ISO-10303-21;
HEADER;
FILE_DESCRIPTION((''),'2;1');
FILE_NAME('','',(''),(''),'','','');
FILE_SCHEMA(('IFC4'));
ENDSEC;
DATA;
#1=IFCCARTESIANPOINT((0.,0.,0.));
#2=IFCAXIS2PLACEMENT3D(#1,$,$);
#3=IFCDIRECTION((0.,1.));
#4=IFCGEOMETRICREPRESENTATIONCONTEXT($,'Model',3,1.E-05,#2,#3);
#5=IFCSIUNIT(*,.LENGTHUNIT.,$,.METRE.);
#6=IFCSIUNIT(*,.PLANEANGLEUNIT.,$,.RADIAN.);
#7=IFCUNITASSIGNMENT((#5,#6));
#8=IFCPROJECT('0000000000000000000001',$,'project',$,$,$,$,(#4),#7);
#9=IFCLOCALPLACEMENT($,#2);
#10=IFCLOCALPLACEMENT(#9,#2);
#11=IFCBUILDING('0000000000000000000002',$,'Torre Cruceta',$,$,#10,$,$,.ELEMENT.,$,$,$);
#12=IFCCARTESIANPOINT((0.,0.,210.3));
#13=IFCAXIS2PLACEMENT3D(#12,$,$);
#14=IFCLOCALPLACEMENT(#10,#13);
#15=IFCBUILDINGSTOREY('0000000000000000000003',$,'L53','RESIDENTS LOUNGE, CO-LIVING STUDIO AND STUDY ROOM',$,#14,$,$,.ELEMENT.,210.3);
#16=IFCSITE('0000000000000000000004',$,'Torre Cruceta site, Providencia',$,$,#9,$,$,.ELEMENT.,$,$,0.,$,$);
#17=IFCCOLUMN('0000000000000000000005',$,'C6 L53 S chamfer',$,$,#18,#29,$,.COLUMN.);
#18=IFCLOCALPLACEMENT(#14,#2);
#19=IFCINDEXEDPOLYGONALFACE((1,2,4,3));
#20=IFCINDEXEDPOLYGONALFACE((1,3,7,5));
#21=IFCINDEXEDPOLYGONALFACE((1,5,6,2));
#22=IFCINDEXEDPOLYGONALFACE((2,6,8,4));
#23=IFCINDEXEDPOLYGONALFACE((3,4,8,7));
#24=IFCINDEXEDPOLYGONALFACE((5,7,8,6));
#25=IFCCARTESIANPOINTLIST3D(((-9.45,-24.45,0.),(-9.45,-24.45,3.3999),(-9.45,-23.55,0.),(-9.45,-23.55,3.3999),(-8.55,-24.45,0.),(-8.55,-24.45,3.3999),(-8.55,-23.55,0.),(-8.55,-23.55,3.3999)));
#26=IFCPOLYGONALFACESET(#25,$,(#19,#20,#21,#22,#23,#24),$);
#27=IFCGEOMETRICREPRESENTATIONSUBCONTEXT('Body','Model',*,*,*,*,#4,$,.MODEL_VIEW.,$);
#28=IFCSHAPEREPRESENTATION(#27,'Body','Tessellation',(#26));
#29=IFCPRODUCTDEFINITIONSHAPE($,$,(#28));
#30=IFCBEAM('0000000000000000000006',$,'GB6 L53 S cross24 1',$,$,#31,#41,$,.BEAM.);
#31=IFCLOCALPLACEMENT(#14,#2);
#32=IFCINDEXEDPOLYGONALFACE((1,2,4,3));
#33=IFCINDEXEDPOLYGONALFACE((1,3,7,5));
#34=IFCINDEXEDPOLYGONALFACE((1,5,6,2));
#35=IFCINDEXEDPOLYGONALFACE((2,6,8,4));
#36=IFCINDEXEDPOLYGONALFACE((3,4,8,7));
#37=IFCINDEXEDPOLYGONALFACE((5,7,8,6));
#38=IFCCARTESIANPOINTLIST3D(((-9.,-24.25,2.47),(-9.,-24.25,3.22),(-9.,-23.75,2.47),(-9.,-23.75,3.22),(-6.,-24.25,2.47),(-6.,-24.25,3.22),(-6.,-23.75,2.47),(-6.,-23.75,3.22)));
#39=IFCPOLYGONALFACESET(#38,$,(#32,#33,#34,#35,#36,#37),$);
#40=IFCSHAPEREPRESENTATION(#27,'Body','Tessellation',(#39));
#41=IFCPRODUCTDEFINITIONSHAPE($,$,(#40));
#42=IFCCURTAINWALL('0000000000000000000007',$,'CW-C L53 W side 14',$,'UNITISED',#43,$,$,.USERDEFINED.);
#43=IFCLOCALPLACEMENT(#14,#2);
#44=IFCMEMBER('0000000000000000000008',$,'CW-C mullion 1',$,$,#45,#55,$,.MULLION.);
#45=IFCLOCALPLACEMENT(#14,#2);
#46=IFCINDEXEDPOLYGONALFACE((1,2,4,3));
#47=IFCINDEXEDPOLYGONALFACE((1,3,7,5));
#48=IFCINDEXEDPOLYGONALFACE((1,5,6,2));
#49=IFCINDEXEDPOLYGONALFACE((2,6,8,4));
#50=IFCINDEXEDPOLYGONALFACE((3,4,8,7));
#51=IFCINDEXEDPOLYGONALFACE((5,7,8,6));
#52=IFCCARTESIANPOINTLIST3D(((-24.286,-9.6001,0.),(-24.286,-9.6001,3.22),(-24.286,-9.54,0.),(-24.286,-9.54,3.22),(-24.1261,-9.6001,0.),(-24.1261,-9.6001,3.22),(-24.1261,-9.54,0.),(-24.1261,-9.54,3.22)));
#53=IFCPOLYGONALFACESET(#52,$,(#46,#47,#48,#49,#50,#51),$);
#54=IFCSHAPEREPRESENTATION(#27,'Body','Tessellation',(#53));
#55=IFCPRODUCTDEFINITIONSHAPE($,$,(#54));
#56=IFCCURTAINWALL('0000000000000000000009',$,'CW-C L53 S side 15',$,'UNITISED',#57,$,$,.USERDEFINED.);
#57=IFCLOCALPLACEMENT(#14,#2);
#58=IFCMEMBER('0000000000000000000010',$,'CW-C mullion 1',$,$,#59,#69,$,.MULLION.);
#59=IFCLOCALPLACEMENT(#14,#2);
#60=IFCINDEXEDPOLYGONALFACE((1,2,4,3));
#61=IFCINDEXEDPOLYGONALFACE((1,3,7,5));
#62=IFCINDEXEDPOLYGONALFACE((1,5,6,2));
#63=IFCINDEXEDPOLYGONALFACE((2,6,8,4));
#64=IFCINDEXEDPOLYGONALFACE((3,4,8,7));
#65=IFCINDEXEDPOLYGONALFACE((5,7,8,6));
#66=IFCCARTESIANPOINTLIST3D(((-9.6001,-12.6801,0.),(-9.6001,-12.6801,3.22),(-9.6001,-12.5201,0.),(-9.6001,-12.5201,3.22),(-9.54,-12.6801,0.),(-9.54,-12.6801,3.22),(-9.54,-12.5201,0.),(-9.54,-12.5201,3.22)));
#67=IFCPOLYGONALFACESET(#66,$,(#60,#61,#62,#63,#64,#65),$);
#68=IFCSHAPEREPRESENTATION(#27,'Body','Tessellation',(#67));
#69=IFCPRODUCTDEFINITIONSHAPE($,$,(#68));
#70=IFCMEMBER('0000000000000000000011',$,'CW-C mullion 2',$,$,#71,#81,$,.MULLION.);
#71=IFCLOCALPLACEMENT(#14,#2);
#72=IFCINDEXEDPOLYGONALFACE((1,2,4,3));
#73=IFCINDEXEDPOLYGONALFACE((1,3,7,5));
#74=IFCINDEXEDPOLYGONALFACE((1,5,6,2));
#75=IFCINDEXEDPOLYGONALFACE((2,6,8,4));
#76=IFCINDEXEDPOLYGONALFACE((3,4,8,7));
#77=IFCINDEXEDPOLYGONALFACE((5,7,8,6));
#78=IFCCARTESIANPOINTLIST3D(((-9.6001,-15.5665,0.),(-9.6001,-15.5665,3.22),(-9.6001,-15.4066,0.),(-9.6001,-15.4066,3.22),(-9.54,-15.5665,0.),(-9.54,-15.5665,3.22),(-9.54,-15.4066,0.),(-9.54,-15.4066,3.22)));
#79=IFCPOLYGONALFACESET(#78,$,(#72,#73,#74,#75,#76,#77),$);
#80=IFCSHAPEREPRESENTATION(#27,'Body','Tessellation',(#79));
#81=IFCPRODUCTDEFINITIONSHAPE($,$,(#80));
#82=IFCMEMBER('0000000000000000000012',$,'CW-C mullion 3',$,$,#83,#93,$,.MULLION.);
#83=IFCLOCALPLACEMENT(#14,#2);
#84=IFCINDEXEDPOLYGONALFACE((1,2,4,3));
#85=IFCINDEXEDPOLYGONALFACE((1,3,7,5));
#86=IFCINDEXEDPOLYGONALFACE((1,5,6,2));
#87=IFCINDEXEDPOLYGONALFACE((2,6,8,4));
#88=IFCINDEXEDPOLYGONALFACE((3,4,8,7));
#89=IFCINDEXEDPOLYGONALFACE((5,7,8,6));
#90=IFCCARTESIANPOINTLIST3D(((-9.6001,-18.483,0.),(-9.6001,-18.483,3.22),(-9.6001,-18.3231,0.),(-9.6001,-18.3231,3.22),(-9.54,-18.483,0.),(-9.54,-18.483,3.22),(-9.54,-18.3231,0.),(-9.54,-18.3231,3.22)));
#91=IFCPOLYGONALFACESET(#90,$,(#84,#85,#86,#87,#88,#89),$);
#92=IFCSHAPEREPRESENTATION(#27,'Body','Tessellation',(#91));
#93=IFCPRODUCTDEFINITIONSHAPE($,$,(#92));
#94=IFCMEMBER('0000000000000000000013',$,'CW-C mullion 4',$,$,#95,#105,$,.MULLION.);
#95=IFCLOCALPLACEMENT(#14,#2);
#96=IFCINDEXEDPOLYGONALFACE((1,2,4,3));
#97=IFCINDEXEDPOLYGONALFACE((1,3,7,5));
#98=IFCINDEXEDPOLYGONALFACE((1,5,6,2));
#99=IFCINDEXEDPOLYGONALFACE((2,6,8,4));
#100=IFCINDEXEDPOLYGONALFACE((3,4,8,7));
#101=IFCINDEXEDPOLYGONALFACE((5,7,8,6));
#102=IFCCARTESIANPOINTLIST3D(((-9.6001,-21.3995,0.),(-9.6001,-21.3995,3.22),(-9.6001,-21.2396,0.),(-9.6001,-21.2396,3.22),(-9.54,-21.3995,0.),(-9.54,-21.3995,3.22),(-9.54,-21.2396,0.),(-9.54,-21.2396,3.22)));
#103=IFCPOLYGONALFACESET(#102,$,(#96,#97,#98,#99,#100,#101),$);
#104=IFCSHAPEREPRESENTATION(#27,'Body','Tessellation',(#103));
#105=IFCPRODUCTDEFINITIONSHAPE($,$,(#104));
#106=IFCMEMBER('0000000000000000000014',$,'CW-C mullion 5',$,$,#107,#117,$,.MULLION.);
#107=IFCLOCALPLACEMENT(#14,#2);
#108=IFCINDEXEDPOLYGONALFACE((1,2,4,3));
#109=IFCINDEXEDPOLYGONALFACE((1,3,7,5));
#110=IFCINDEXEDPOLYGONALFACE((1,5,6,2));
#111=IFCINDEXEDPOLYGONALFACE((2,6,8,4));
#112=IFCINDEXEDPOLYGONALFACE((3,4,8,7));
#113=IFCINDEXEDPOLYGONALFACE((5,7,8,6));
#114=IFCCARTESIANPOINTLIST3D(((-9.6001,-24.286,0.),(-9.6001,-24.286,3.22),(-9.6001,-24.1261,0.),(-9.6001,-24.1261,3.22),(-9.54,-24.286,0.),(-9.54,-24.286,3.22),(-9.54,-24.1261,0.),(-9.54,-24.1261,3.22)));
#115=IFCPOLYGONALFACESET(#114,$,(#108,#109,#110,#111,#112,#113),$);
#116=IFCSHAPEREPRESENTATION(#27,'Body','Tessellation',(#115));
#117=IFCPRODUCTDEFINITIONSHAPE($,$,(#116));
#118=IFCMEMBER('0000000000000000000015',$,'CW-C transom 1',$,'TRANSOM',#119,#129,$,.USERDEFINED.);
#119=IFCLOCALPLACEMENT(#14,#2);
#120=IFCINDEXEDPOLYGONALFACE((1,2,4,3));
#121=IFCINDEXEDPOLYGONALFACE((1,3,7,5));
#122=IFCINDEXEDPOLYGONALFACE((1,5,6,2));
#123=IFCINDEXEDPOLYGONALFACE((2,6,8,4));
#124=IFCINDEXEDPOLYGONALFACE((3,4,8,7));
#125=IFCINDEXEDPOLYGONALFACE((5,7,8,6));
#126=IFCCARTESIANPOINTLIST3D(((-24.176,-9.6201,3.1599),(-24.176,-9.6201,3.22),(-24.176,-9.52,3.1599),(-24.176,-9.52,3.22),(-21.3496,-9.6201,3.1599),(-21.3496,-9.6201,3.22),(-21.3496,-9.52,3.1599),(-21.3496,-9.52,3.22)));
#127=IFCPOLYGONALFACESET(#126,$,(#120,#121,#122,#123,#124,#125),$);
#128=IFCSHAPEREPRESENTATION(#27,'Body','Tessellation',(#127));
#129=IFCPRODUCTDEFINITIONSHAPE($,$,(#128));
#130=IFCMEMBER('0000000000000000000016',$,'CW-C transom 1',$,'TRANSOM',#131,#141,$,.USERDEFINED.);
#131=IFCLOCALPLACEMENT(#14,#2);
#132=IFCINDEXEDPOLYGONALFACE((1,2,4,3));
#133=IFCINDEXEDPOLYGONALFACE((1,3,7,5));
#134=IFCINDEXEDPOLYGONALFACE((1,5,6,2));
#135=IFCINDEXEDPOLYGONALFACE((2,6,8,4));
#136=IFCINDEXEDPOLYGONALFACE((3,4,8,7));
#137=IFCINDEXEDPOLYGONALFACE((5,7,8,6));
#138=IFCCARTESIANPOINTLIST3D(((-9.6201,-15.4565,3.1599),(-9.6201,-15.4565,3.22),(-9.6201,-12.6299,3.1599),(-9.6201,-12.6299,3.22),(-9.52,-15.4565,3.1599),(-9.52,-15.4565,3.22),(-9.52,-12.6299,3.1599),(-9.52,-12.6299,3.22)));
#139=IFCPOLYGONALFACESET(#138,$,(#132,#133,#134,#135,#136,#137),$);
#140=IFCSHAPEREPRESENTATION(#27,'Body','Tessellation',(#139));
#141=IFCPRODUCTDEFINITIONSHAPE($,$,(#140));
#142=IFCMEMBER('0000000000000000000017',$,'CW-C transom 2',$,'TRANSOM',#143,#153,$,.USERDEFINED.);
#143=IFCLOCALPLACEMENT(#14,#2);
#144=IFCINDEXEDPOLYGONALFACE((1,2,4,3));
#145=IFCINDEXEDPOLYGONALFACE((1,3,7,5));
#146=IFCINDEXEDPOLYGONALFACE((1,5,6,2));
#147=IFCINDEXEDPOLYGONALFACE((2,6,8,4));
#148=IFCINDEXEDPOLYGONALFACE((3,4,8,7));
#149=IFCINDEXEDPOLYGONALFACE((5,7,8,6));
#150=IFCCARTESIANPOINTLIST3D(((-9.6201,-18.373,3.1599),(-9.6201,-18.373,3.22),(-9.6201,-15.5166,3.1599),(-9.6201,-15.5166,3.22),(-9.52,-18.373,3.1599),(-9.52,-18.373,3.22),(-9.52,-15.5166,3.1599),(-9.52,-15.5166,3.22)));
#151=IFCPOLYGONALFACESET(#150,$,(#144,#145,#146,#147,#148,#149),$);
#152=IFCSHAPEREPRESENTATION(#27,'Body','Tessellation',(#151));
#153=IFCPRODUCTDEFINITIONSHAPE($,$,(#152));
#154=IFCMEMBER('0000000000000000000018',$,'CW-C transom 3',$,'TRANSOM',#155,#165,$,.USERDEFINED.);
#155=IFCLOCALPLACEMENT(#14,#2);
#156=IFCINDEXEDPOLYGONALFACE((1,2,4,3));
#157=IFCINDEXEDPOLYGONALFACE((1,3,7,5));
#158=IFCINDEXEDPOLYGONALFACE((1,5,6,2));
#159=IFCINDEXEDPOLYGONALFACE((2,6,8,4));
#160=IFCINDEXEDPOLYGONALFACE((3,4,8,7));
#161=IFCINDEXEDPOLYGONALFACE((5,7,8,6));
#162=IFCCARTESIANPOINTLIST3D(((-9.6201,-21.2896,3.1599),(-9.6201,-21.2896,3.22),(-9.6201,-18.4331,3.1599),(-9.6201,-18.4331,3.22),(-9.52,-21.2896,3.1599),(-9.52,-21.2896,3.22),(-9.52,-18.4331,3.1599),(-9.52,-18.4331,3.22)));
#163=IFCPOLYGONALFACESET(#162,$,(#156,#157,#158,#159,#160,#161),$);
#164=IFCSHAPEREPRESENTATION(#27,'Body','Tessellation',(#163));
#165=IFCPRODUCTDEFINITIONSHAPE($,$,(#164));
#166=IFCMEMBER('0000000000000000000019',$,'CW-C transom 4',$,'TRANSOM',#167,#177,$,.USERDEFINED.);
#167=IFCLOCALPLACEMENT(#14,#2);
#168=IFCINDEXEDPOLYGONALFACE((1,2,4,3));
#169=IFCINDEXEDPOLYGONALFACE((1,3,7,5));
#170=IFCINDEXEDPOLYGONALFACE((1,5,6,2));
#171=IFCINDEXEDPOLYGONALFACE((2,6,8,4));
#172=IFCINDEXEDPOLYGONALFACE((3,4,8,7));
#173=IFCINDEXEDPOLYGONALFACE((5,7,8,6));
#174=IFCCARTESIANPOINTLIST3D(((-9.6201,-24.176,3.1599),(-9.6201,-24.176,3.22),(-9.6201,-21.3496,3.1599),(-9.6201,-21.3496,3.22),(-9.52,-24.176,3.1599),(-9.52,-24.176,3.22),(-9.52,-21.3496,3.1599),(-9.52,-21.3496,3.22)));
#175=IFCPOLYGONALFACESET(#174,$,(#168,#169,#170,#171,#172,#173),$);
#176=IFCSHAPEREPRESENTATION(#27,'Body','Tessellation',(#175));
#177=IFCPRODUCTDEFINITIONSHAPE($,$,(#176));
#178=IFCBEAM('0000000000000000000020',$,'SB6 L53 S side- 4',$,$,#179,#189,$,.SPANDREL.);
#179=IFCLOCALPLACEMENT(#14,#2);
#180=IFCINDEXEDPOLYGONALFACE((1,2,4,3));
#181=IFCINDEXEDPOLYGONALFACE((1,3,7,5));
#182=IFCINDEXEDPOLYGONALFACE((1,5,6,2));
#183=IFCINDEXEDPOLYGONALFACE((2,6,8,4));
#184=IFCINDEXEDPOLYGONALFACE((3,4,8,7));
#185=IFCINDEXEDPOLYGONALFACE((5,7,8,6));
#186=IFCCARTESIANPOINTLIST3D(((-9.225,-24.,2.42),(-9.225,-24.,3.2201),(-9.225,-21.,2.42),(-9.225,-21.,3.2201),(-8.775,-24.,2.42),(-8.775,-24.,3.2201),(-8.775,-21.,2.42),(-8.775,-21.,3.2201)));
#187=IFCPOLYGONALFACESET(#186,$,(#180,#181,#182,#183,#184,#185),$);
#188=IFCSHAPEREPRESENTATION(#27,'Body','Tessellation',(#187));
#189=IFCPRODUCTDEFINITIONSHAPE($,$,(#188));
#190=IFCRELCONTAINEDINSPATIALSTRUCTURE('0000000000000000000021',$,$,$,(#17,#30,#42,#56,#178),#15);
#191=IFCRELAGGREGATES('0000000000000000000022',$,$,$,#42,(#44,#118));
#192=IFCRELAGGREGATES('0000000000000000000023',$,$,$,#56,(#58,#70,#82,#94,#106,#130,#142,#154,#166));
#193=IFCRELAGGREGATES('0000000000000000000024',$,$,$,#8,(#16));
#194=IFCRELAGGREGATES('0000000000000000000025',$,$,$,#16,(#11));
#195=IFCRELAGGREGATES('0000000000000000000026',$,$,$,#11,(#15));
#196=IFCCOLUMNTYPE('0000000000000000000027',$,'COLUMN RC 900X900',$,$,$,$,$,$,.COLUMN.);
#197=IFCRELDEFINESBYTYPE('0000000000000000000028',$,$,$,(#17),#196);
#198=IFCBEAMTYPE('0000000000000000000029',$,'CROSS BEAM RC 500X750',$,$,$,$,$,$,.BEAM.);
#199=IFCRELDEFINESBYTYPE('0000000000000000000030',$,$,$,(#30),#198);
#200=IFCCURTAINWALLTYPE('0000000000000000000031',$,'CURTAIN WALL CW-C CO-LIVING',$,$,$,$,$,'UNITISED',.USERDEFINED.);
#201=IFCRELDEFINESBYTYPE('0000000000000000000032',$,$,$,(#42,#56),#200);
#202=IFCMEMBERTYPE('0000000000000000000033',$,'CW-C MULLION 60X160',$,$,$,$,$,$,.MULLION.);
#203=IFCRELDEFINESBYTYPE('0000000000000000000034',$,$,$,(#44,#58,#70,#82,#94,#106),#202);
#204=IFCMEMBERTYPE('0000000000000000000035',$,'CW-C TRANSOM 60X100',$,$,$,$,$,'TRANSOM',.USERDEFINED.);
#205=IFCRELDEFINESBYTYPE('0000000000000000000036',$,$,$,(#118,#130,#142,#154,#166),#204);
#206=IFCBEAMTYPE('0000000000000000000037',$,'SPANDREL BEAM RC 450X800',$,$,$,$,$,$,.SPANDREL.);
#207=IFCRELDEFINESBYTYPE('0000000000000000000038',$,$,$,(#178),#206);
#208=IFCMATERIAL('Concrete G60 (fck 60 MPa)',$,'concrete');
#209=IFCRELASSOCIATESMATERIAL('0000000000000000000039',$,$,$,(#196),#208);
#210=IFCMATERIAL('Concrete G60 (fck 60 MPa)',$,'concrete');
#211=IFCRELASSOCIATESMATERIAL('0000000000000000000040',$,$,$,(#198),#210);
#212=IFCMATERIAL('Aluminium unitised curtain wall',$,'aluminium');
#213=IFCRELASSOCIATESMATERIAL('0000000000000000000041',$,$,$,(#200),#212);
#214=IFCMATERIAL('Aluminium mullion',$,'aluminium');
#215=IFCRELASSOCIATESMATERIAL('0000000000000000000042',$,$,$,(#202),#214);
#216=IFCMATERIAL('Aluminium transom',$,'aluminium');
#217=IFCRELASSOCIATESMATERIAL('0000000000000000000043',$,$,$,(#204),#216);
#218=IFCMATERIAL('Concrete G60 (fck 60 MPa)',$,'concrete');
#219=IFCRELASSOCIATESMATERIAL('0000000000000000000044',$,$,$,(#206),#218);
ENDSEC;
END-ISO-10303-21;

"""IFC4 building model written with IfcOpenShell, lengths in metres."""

from ifc_helpers import new_model, si_unit, direction, frame, origin, origin_2d, place, context, subcontext, project, spatial, rectangle, extrude, material, material_profile, profile_set, type_object, element, aggregate, save


model = new_model("IFC4")

# Units and contexts
model_context = context("Model", 3, precision=1e-05, world=origin(), true_north=direction((0.0, 1.0)))
body_context = subcontext(model_context, "Body", "Model", "MODEL_VIEW")
ifc_project = project(units=[si_unit("LENGTHUNIT", "METRE"), si_unit("PLANEANGLEUNIT", "RADIAN")], contexts=[model_context])

# Site, building, storey
site_placement = place(None, origin())
site = spatial("IfcSite", under=ifc_project, at=site_placement, Name="Torre Cruceta site, Providencia", CompositionType="ELEMENT", RefElevation=0.0)
building_placement = place(site_placement, origin())
building = spatial("IfcBuilding", under=site, at=building_placement, Name="Torre Cruceta", CompositionType="ELEMENT")
storey_placement = place(building_placement, frame((0.0, 0.0, 210.3)))
storey = spatial("IfcBuildingStorey", under=building, at=storey_placement, Name="L53", Description="RESIDENTS LOUNGE, CO-LIVING STUDIO AND STUDY ROOM", CompositionType="ELEMENT", Elevation=210.3)

# Column
ifc_material_1 = material(Name="Concrete G60 (fck 60 MPa)", Category="concrete")
ifc_material_profile_1 = material_profile(ifc_material_1, rectangle(XDim=0.8999, YDim=0.8999, at=origin_2d()), Name="RC 900X900")
ifc_profile_set_1 = profile_set([ifc_material_profile_1], Name="Concrete G60 (fck 60 MPa)")
column_type = type_object("IfcColumnType", Name="COLUMN RC 900X900", PredefinedType="COLUMN", material=ifc_profile_set_1)
column_placement = place(storey_placement, frame((-9.0, -24.0, 0.0), z_axis=(0.0, 0.0, 1.0), x_axis=(1.0, 0.0, 0.0)))
element("IfcColumn", 1, at=column_placement, inside=storey, type_object=column_type, Name="C6 L53 S chamfer", PredefinedType="COLUMN", context=body_context, shape_type="SweptSolid", body=[
    extrude(rectangle(XDim=0.8999, YDim=0.8999, at=origin_2d()), origin(), (0.0, 0.0, 1.0), 3.3999),
])

# Beam
ifc_material_2 = material(Name="Concrete G60 (fck 60 MPa)", Category="concrete")
ifc_material_profile_2 = material_profile(ifc_material_2, rectangle(XDim=0.5, YDim=0.75, at=origin_2d()), Name="RC 500X750")
ifc_profile_set_2 = profile_set([ifc_material_profile_2], Name="Concrete G60 (fck 60 MPa)")
beam_type_1 = type_object("IfcBeamType", Name="CROSS BEAM RC 500X750", PredefinedType="BEAM", material=ifc_profile_set_2)
beam_1_placement = place(storey_placement, frame((-9.0, -24.0, 2.845), z_axis=(1.0, 0.0, 0.0), x_axis=(0.0, 1.0, 0.0)))
element("IfcBeam", 2, at=beam_1_placement, inside=storey, type_object=beam_type_1, Name="GB6 L53 S cross24 1", PredefinedType="BEAM", context=body_context, shape_type="SweptSolid", body=[
    extrude(rectangle(XDim=0.5, YDim=0.75, at=origin_2d()), origin(), (0.0, 0.0, 1.0), 3.0),
])

# Curtain wall, member
ifc_material_3 = material(Name="Aluminium unitised curtain wall", Category="aluminium")
curtain_wall_type = type_object("IfcCurtainWallType", Name="CURTAIN WALL CW-C CO-LIVING", ElementType="UNITISED", PredefinedType="USERDEFINED", material=ifc_material_3)
curtain_wall_1_placement = place(storey_placement, origin())
curtain_wall_1 = element("IfcCurtainWall", 3, at=curtain_wall_1_placement, inside=storey, type_object=curtain_wall_type, Name="CW-C L53 W side 14", ObjectType="UNITISED", PredefinedType="USERDEFINED")
ifc_material_4 = material(Name="Aluminium mullion", Category="aluminium")
ifc_material_profile_3 = material_profile(ifc_material_4, rectangle(XDim=0.0601, YDim=0.1599, at=origin_2d()), Name="AL 60X160")
ifc_profile_set_3 = profile_set([ifc_material_profile_3], Name="Aluminium mullion")
member_type_1 = type_object("IfcMemberType", Name="CW-C MULLION 60X160", PredefinedType="MULLION", material=ifc_profile_set_3)
member_1_placement = place(storey_placement, frame((-24.2061, -9.5701, 0.0), z_axis=(0.0, 0.0, 1.0), x_axis=(0.0, 1.0, 0.0)))
member_1 = element("IfcMember", 4, at=member_1_placement, type_object=member_type_1, Name="CW-C mullion 1", PredefinedType="MULLION", context=body_context, shape_type="SweptSolid", body=[
    extrude(rectangle(XDim=0.0601, YDim=0.1599, at=origin_2d()), origin(), (0.0, 0.0, 1.0), 3.22),
])

# Curtain wall, members
curtain_wall_2_placement = place(storey_placement, origin())
curtain_wall_2 = element("IfcCurtainWall", 5, at=curtain_wall_2_placement, inside=storey, type_object=curtain_wall_type, Name="CW-C L53 S side 15", ObjectType="UNITISED", PredefinedType="USERDEFINED")
member_2_placement = place(storey_placement, frame((-9.5701, -12.6001, 0.0), z_axis=(0.0, 0.0, 1.0), x_axis=(1.0, 0.0, 0.0)))
member_2 = element("IfcMember", 6, at=member_2_placement, type_object=member_type_1, Name="CW-C mullion 1", PredefinedType="MULLION", context=body_context, shape_type="SweptSolid", body=[
    extrude(rectangle(XDim=0.0601, YDim=0.1599, at=origin_2d()), origin(), (0.0, 0.0, 1.0), 3.22),
])
member_3_placement = place(storey_placement, frame((-9.5701, -15.4866, 0.0), z_axis=(0.0, 0.0, 1.0), x_axis=(1.0, 0.0, 0.0)))
member_3 = element("IfcMember", 7, at=member_3_placement, type_object=member_type_1, Name="CW-C mullion 2", PredefinedType="MULLION", context=body_context, shape_type="SweptSolid", body=[
    extrude(rectangle(XDim=0.0601, YDim=0.1599, at=origin_2d()), origin(), (0.0, 0.0, 1.0), 3.22),
])
member_4_placement = place(storey_placement, frame((-9.5701, -18.4031, 0.0), z_axis=(0.0, 0.0, 1.0), x_axis=(1.0, 0.0, 0.0)))
member_4 = element("IfcMember", 8, at=member_4_placement, type_object=member_type_1, Name="CW-C mullion 3", PredefinedType="MULLION", context=body_context, shape_type="SweptSolid", body=[
    extrude(rectangle(XDim=0.0601, YDim=0.1599, at=origin_2d()), origin(), (0.0, 0.0, 1.0), 3.22),
])
member_5_placement = place(storey_placement, frame((-9.5701, -21.3196, 0.0), z_axis=(0.0, 0.0, 1.0), x_axis=(1.0, 0.0, 0.0)))
member_5 = element("IfcMember", 9, at=member_5_placement, type_object=member_type_1, Name="CW-C mullion 4", PredefinedType="MULLION", context=body_context, shape_type="SweptSolid", body=[
    extrude(rectangle(XDim=0.0601, YDim=0.1599, at=origin_2d()), origin(), (0.0, 0.0, 1.0), 3.22),
])
member_6_placement = place(storey_placement, frame((-9.5701, -24.2061, 0.0), z_axis=(0.0, 0.0, 1.0), x_axis=(1.0, 0.0, 0.0)))
member_6 = element("IfcMember", 10, at=member_6_placement, type_object=member_type_1, Name="CW-C mullion 5", PredefinedType="MULLION", context=body_context, shape_type="SweptSolid", body=[
    extrude(rectangle(XDim=0.0601, YDim=0.1599, at=origin_2d()), origin(), (0.0, 0.0, 1.0), 3.22),
])

# Members
ifc_material_5 = material(Name="Aluminium transom", Category="aluminium")
ifc_material_profile_4 = material_profile(ifc_material_5, rectangle(XDim=0.1001, YDim=0.0601, at=origin_2d()), Name="AL 100X60")
ifc_profile_set_4 = profile_set([ifc_material_profile_4], Name="Aluminium transom")
member_type_2 = type_object("IfcMemberType", Name="CW-C TRANSOM 60X100", ElementType="TRANSOM", PredefinedType="USERDEFINED", material=ifc_profile_set_4)
member_7_placement = place(storey_placement, frame((-24.176, -9.5701, 3.1899), z_axis=(1.0, 0.0, 0.0), x_axis=(0.0, 1.0, 0.0)))
member_7 = element("IfcMember", 11, at=member_7_placement, type_object=member_type_2, Name="CW-C transom 1", ObjectType="TRANSOM", PredefinedType="USERDEFINED", context=body_context, shape_type="SweptSolid", body=[
    extrude(rectangle(XDim=0.1001, YDim=0.0601, at=origin_2d()), origin(), (0.0, 0.0, 1.0), 2.8264),
])
member_8_placement = place(storey_placement, frame((-9.5701, -12.6299, 3.1899), z_axis=(0.0, -1.0, 0.0), x_axis=(1.0, 0.0, 0.0)))
member_8 = element("IfcMember", 12, at=member_8_placement, type_object=member_type_2, Name="CW-C transom 1", ObjectType="TRANSOM", PredefinedType="USERDEFINED", context=body_context, shape_type="SweptSolid", body=[
    extrude(rectangle(XDim=0.1001, YDim=0.0601, at=origin_2d()), origin(), (0.0, 0.0, 1.0), 2.8267),
])
member_9_placement = place(storey_placement, frame((-9.5701, -15.5166, 3.1899), z_axis=(0.0, -1.0, 0.0), x_axis=(1.0, 0.0, 0.0)))
member_9 = element("IfcMember", 13, at=member_9_placement, type_object=member_type_2, Name="CW-C transom 2", ObjectType="TRANSOM", PredefinedType="USERDEFINED", context=body_context, shape_type="SweptSolid", body=[
    extrude(rectangle(XDim=0.1001, YDim=0.0601, at=origin_2d()), origin(), (0.0, 0.0, 1.0), 2.8564),
])
member_10_placement = place(storey_placement, frame((-9.5701, -18.4331, 3.1899), z_axis=(0.0, -1.0, 0.0), x_axis=(1.0, 0.0, 0.0)))
member_10 = element("IfcMember", 14, at=member_10_placement, type_object=member_type_2, Name="CW-C transom 3", ObjectType="TRANSOM", PredefinedType="USERDEFINED", context=body_context, shape_type="SweptSolid", body=[
    extrude(rectangle(XDim=0.1001, YDim=0.0601, at=origin_2d()), origin(), (0.0, 0.0, 1.0), 2.8564),
])
member_11_placement = place(storey_placement, frame((-9.5701, -21.3496, 3.1899), z_axis=(0.0, -1.0, 0.0), x_axis=(1.0, 0.0, 0.0)))
member_11 = element("IfcMember", 15, at=member_11_placement, type_object=member_type_2, Name="CW-C transom 4", ObjectType="TRANSOM", PredefinedType="USERDEFINED", context=body_context, shape_type="SweptSolid", body=[
    extrude(rectangle(XDim=0.1001, YDim=0.0601, at=origin_2d()), origin(), (0.0, 0.0, 1.0), 2.8264),
])

# Beam
ifc_material_6 = material(Name="Concrete G60 (fck 60 MPa)", Category="concrete")
ifc_material_profile_5 = material_profile(ifc_material_6, rectangle(XDim=0.45, YDim=0.8, at=origin_2d()), Name="RC 450X800")
ifc_profile_set_5 = profile_set([ifc_material_profile_5], Name="Concrete G60 (fck 60 MPa)")
beam_type_2 = type_object("IfcBeamType", Name="SPANDREL BEAM RC 450X800", PredefinedType="SPANDREL", material=ifc_profile_set_5)
beam_2_placement = place(storey_placement, frame((-9.0, -21.0, 2.8201), z_axis=(0.0, -1.0, 0.0), x_axis=(1.0, 0.0, 0.0)))
element("IfcBeam", 16, at=beam_2_placement, inside=storey, type_object=beam_type_2, Name="SB6 L53 S side- 4", PredefinedType="SPANDREL", context=body_context, shape_type="SweptSolid", body=[
    extrude(rectangle(XDim=0.45, YDim=0.8, at=origin_2d()), origin(), (0.0, 0.0, 1.0), 3.0),
])

aggregate(curtain_wall_1, [member_1, member_7])
aggregate(curtain_wall_2, [member_2, member_3, member_4, member_5, member_6, member_8, member_9, member_10, member_11])

save(model, "model.ifc")
